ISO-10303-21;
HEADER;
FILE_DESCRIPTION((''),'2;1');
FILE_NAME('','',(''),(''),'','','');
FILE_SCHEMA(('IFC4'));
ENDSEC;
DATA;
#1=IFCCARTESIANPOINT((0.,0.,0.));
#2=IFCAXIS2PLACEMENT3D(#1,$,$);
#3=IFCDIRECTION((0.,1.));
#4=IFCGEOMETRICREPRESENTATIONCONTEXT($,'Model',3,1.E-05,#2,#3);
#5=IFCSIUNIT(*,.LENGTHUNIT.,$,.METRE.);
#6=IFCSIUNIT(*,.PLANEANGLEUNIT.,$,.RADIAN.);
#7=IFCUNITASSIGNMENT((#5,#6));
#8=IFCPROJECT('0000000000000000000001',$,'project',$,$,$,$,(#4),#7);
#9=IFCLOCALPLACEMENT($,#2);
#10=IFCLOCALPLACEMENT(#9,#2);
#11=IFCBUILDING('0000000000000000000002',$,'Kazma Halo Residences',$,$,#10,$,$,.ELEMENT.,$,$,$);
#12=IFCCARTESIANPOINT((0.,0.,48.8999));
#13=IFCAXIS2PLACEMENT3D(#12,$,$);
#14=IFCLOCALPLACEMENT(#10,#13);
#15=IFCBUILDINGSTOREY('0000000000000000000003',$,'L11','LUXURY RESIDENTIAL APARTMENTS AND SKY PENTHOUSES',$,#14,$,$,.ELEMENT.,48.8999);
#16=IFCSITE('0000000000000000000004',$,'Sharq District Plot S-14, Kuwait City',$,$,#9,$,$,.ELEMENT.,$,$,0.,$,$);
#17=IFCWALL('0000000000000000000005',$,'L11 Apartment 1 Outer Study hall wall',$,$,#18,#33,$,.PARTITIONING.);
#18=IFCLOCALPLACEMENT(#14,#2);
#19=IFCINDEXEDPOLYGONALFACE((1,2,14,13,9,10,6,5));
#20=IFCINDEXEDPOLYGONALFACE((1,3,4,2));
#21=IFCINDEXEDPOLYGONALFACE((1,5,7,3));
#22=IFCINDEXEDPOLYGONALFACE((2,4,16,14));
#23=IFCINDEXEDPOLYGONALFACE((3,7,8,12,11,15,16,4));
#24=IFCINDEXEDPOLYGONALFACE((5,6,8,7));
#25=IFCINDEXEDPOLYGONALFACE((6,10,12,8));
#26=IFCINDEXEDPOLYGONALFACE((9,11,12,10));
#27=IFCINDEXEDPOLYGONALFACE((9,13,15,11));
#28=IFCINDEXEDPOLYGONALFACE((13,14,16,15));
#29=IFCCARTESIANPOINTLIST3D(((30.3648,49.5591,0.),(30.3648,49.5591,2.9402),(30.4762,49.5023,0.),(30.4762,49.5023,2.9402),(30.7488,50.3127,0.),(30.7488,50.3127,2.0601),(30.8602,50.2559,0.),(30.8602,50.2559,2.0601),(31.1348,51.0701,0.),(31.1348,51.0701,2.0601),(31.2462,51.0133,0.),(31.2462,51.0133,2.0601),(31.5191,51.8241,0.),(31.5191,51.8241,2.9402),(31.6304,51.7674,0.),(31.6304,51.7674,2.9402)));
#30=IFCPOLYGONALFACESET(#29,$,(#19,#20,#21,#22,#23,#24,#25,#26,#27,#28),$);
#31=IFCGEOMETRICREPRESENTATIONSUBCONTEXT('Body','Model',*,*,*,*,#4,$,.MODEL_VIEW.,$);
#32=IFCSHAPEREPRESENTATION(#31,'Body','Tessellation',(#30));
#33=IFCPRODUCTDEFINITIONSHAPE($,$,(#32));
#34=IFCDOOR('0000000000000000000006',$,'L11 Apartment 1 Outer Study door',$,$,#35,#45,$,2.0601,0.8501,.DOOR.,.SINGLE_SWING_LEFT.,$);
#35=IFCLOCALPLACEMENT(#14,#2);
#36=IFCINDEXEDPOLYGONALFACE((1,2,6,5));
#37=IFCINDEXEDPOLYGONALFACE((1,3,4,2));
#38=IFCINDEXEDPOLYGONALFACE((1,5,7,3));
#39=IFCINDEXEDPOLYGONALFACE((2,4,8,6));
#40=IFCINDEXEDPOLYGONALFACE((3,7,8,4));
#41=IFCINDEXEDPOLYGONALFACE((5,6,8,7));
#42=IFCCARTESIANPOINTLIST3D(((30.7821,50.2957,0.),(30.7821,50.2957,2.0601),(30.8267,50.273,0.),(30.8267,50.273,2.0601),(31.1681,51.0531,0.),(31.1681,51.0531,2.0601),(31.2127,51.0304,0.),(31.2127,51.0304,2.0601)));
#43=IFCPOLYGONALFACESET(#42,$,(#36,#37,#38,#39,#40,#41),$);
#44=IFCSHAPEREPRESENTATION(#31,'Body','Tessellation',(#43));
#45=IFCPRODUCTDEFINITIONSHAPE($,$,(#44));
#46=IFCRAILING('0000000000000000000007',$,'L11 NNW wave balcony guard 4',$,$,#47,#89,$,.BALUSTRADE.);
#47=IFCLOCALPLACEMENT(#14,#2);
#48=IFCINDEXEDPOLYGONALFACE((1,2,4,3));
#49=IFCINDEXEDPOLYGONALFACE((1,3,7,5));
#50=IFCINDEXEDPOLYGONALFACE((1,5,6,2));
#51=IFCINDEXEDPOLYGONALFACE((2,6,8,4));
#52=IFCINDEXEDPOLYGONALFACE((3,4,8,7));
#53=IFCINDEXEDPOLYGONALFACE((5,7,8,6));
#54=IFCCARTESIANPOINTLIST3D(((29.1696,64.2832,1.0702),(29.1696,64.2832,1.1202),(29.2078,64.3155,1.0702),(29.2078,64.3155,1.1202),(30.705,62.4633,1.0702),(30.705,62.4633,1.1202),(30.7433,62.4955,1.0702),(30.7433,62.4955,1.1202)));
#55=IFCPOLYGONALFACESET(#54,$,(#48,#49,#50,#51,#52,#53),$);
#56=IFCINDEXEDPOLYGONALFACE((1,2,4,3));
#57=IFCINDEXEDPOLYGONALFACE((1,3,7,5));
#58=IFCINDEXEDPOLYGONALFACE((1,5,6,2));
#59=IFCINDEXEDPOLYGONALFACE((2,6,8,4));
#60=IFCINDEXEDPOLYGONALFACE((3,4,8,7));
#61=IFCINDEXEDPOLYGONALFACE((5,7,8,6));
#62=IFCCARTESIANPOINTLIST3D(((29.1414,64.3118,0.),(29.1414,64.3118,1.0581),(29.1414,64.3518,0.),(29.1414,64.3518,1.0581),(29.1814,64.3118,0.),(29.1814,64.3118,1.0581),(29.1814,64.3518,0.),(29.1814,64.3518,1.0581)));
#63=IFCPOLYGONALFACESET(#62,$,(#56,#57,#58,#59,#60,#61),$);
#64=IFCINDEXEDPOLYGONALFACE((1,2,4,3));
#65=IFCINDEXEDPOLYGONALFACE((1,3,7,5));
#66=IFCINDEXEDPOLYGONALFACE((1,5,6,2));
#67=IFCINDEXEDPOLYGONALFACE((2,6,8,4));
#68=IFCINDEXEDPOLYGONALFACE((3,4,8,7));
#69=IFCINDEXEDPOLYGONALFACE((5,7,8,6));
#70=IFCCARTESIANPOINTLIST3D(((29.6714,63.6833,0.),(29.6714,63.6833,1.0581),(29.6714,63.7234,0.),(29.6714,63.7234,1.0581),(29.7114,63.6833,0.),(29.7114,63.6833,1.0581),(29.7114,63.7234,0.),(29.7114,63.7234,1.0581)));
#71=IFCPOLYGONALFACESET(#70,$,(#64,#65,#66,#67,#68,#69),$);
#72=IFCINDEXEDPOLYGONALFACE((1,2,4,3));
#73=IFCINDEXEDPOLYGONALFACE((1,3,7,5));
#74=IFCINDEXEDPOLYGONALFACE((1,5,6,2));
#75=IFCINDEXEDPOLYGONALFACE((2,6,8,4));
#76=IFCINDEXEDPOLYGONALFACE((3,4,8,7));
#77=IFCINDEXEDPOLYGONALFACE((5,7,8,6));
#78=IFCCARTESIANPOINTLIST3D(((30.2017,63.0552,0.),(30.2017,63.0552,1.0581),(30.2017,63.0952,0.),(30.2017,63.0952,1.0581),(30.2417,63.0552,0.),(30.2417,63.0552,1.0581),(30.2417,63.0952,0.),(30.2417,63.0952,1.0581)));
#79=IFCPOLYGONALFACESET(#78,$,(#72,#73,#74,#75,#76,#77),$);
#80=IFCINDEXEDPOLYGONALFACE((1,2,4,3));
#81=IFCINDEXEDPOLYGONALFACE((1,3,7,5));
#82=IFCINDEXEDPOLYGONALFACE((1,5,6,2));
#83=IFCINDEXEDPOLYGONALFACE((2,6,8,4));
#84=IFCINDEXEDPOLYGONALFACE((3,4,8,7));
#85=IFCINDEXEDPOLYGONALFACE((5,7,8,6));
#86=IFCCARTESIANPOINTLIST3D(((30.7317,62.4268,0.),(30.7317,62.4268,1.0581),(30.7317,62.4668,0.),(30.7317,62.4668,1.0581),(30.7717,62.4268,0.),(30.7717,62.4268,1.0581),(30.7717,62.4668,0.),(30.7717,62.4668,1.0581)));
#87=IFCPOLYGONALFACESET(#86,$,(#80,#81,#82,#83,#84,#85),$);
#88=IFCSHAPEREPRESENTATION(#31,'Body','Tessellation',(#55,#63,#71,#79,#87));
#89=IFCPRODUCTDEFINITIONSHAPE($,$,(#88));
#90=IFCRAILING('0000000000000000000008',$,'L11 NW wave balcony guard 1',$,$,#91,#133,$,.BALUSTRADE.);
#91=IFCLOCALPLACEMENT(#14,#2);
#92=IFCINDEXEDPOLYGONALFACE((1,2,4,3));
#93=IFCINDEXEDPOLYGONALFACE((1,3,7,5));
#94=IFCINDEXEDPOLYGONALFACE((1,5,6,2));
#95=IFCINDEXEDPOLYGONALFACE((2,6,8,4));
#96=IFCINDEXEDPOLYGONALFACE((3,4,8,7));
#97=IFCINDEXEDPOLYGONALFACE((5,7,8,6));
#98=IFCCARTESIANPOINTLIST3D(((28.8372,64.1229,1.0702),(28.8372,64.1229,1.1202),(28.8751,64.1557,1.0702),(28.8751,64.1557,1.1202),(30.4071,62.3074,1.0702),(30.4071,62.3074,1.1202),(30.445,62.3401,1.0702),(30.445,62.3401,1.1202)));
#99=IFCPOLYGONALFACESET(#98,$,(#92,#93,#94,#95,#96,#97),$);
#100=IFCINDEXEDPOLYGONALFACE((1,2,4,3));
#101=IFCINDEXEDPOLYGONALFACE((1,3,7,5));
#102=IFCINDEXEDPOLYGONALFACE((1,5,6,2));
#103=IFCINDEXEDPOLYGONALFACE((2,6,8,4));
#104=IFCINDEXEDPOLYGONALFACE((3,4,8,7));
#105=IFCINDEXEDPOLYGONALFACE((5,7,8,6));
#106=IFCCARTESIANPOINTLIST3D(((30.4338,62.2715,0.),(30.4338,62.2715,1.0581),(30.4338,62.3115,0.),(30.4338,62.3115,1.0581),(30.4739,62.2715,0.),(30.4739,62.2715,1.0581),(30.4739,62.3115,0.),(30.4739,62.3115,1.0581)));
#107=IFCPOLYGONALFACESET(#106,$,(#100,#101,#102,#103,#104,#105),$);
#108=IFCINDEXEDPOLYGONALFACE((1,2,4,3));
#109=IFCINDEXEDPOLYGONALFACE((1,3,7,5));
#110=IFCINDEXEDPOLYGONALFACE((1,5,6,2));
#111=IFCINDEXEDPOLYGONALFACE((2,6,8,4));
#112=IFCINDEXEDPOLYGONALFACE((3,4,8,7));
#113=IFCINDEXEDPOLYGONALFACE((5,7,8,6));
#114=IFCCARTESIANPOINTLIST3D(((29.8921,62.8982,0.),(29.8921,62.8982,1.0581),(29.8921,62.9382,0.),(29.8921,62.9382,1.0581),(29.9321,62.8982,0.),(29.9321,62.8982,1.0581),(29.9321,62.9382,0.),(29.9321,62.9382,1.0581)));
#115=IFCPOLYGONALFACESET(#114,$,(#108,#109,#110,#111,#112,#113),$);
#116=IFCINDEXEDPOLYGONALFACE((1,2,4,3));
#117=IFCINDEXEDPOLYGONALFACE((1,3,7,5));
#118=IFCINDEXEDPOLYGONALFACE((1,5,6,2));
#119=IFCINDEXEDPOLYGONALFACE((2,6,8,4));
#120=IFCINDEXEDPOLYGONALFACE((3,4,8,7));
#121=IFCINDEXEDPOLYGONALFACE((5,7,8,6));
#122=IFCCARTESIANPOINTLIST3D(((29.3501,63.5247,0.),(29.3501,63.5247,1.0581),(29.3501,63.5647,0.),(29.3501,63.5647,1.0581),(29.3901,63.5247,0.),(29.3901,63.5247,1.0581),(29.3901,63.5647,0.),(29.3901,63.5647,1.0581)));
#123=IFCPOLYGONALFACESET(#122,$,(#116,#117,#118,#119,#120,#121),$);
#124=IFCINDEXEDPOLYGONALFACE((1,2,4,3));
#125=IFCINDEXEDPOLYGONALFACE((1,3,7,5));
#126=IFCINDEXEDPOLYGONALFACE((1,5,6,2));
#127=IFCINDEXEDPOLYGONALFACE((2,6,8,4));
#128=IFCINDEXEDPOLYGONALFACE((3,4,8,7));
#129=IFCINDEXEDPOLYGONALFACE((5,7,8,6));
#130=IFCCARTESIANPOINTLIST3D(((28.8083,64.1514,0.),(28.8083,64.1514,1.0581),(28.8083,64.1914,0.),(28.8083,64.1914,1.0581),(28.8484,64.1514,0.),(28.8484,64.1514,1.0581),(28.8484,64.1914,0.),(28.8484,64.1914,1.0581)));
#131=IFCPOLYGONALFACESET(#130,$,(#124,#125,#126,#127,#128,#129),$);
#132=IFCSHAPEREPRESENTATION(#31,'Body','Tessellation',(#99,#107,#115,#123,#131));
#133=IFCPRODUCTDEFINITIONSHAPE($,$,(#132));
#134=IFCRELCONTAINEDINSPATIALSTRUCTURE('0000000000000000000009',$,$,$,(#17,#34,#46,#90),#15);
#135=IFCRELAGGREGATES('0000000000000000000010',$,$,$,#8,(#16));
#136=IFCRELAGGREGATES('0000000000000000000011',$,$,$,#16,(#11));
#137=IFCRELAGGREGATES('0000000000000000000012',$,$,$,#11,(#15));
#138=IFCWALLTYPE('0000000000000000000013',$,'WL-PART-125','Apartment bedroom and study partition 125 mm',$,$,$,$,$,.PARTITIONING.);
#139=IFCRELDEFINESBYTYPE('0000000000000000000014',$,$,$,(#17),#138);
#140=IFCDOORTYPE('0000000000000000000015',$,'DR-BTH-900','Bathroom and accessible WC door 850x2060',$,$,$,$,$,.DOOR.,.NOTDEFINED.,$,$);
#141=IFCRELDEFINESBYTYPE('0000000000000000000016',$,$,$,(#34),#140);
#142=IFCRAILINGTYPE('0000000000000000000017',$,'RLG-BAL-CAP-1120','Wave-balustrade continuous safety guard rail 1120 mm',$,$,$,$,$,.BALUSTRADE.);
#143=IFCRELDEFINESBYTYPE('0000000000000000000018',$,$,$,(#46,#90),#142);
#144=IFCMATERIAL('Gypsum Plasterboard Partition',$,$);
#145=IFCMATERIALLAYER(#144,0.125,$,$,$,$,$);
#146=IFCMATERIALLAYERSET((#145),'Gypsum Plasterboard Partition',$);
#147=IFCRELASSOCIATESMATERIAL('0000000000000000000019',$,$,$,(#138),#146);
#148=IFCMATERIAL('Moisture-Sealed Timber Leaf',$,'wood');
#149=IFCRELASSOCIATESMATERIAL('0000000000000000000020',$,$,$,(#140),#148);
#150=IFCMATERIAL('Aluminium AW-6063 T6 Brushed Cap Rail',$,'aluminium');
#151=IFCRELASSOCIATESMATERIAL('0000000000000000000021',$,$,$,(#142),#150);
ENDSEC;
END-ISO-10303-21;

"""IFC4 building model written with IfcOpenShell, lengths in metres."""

from ifc_helpers import new_model, si_unit, direction, frame, frame_2d, origin, origin_2d, place, context, subcontext, project, spatial, rectangle, extrude, material, layer, layer_set, type_object, element, fill, save


model = new_model("IFC4")

# Units and contexts
model_context = context("Model", 3, precision=1e-05, world=origin(), true_north=direction((0.0, 1.0)))
body_context = subcontext(model_context, "Body", "Model", "MODEL_VIEW")
ifc_project = project(units=[si_unit("LENGTHUNIT", "METRE"), si_unit("PLANEANGLEUNIT", "RADIAN")], contexts=[model_context])

# Site, building, storey
site_placement = place(None, origin())
site = spatial("IfcSite", under=ifc_project, at=site_placement, Name="Sharq District Plot S-14, Kuwait City", CompositionType="ELEMENT", RefElevation=0.0)
building_placement = place(site_placement, origin())
building = spatial("IfcBuilding", under=site, at=building_placement, Name="Kazma Halo Residences", CompositionType="ELEMENT")
storey_placement = place(building_placement, frame((0.0, 0.0, 48.8999)))
storey = spatial("IfcBuildingStorey", under=building, at=storey_placement, Name="L11", Description="LUXURY RESIDENTIAL APARTMENTS AND SKY PENTHOUSES", CompositionType="ELEMENT", Elevation=48.8999)

# Shared definitions
ifc_material_1 = material(Name="Gypsum Plasterboard Partition")
ifc_layer_1 = layer(ifc_material_1, 0.125)
ifc_layer_set_1 = layer_set([ifc_layer_1], Name="Gypsum Plasterboard Partition")
wall_type_1 = type_object("IfcWallType", Name="WL-PART-125", Description="Apartment bedroom and study partition 125 mm", PredefinedType="PARTITIONING", material=ifc_layer_set_1)

# Wall, opening, door
ifc_material_2 = material(Name="Moisture-Sealed Timber Leaf", Category="wood")
door_type_1 = type_object("IfcDoorType", Name="DR-BTH-900", Description="Bathroom and accessible WC door 850x2060", OperationType="NOTDEFINED", PredefinedType="DOOR", material=ifc_material_2)
wall_1_placement = place(storey_placement, frame((31.5747, 51.7957, 0.0), z_axis=(0.0, 0.0, 1.0), x_axis=(-0.454038, -0.890982, 0.0)))
wall_1 = element("IfcWall", 1, at=wall_1_placement, inside=storey, type_object=wall_type_1, Name="L11 Apartment 1 Outer Study hall wall", PredefinedType="PARTITIONING", context=body_context, shape_type="SweptSolid", body=[
    extrude(rectangle(XDim=2.5422, YDim=0.125, at=frame_2d((1.271, 0.0))), origin(), (0.0, 0.0, 1.0), 2.9402),
])
opening_1_placement = place(wall_1_placement, frame((0.8462, 0.0, 0.0)))
opening_1 = element("IfcOpeningElement", 2, at=opening_1_placement, cuts=wall_1, PredefinedType="OPENING", context=body_context, shape_type="SweptSolid", body=[
    extrude(rectangle(XDim=0.8501, YDim=2.0601, at=frame_2d((0.425, 1.03))), frame((0.0, 0.0725, 0.0), z_axis=(0.0, -1.0, 0.0), x_axis=(1.0, 0.0, 0.0)), (0.0, 0.0, 1.0), 0.145),
])
door_1_placement = place(opening_1_placement, origin())
door_1 = element("IfcDoor", 3, at=door_1_placement, inside=storey, type_object=door_type_1, Name="L11 Apartment 1 Outer Study door", OperationType="SINGLE_SWING_LEFT", OverallHeight=2.0601, OverallWidth=0.8501, PredefinedType="DOOR", context=body_context, shape_type="SweptSolid", body=[
    extrude(rectangle(XDim=0.8501, YDim=2.0601, at=frame_2d((0.425, 1.03))), frame((0.0, 0.0249, 0.0), z_axis=(0.0, -1.0, 0.0), x_axis=(1.0, 0.0, 0.0)), (0.0, 0.0, 1.0), 0.05),
])
fill(opening_1, door_1)

# Railings
ifc_material_3 = material(Name="Aluminium AW-6063 T6 Brushed Cap Rail", Category="aluminium")
railing_type = type_object("IfcRailingType", Name="RLG-BAL-CAP-1120", Description="Wave-balustrade continuous safety guard rail 1120 mm", PredefinedType="BALUSTRADE", material=ifc_material_3)
railing_1_placement = place(storey_placement, frame((29.1614, 64.3318, 0.0)))
element("IfcRailing", 4, at=railing_1_placement, inside=storey, type_object=railing_type, Name="L11 NNW wave balcony guard 4", PredefinedType="BALUSTRADE", context=body_context, shape_type="SweptSolid", body=[
    extrude(rectangle(XDim=0.05, YDim=0.05, at=origin_2d()), frame((0.0273, -0.0325, 1.0952), z_axis=(0.644837, -0.76432, 0.0), x_axis=(0.76432, 0.644837, 0.0)), (0.0, 0.0, 1.0), 2.3811),
    extrude(rectangle(XDim=0.04, YDim=0.04, at=origin_2d()), origin(), (0.0, 0.0, 1.0), 1.0581),
    extrude(rectangle(XDim=0.04, YDim=0.04, at=origin_2d()), frame((0.53, -0.6284, 0.0)), (0.0, 0.0, 1.0), 1.0581),
    extrude(rectangle(XDim=0.04, YDim=0.04, at=origin_2d()), frame((1.0603, -1.2566, 0.0)), (0.0, 0.0, 1.0), 1.0581),
    extrude(rectangle(XDim=0.04, YDim=0.04, at=origin_2d()), frame((1.5903, -1.885, 0.0)), (0.0, 0.0, 1.0), 1.0581),
])
railing_2_placement = place(storey_placement, frame((30.4539, 62.2915, 0.0)))
element("IfcRailing", 5, at=railing_2_placement, inside=storey, type_object=railing_type, Name="L11 NW wave balcony guard 1", PredefinedType="BALUSTRADE", context=body_context, shape_type="SweptSolid", body=[
    extrude(rectangle(XDim=0.05, YDim=0.05, at=origin_2d()), frame((-0.0278, 0.0322, 1.0952), z_axis=(-0.65407, 0.756434, 0.0), x_axis=(-0.756434, -0.65407, 0.0)), (0.0, 0.0, 1.0), 2.4001),
    extrude(rectangle(XDim=0.04, YDim=0.04, at=origin_2d()), origin(), (0.0, 0.0, 1.0), 1.0581),
    extrude(rectangle(XDim=0.04, YDim=0.04, at=origin_2d()), frame((-0.5417, 0.6267, 0.0)), (0.0, 0.0, 1.0), 1.0581),
    extrude(rectangle(XDim=0.04, YDim=0.04, at=origin_2d()), frame((-1.0837, 1.2532, 0.0)), (0.0, 0.0, 1.0), 1.0581),
    extrude(rectangle(XDim=0.04, YDim=0.04, at=origin_2d()), frame((-1.6255, 1.8799, 0.0)), (0.0, 0.0, 1.0), 1.0581),
])

save(model, "model.ifc")
